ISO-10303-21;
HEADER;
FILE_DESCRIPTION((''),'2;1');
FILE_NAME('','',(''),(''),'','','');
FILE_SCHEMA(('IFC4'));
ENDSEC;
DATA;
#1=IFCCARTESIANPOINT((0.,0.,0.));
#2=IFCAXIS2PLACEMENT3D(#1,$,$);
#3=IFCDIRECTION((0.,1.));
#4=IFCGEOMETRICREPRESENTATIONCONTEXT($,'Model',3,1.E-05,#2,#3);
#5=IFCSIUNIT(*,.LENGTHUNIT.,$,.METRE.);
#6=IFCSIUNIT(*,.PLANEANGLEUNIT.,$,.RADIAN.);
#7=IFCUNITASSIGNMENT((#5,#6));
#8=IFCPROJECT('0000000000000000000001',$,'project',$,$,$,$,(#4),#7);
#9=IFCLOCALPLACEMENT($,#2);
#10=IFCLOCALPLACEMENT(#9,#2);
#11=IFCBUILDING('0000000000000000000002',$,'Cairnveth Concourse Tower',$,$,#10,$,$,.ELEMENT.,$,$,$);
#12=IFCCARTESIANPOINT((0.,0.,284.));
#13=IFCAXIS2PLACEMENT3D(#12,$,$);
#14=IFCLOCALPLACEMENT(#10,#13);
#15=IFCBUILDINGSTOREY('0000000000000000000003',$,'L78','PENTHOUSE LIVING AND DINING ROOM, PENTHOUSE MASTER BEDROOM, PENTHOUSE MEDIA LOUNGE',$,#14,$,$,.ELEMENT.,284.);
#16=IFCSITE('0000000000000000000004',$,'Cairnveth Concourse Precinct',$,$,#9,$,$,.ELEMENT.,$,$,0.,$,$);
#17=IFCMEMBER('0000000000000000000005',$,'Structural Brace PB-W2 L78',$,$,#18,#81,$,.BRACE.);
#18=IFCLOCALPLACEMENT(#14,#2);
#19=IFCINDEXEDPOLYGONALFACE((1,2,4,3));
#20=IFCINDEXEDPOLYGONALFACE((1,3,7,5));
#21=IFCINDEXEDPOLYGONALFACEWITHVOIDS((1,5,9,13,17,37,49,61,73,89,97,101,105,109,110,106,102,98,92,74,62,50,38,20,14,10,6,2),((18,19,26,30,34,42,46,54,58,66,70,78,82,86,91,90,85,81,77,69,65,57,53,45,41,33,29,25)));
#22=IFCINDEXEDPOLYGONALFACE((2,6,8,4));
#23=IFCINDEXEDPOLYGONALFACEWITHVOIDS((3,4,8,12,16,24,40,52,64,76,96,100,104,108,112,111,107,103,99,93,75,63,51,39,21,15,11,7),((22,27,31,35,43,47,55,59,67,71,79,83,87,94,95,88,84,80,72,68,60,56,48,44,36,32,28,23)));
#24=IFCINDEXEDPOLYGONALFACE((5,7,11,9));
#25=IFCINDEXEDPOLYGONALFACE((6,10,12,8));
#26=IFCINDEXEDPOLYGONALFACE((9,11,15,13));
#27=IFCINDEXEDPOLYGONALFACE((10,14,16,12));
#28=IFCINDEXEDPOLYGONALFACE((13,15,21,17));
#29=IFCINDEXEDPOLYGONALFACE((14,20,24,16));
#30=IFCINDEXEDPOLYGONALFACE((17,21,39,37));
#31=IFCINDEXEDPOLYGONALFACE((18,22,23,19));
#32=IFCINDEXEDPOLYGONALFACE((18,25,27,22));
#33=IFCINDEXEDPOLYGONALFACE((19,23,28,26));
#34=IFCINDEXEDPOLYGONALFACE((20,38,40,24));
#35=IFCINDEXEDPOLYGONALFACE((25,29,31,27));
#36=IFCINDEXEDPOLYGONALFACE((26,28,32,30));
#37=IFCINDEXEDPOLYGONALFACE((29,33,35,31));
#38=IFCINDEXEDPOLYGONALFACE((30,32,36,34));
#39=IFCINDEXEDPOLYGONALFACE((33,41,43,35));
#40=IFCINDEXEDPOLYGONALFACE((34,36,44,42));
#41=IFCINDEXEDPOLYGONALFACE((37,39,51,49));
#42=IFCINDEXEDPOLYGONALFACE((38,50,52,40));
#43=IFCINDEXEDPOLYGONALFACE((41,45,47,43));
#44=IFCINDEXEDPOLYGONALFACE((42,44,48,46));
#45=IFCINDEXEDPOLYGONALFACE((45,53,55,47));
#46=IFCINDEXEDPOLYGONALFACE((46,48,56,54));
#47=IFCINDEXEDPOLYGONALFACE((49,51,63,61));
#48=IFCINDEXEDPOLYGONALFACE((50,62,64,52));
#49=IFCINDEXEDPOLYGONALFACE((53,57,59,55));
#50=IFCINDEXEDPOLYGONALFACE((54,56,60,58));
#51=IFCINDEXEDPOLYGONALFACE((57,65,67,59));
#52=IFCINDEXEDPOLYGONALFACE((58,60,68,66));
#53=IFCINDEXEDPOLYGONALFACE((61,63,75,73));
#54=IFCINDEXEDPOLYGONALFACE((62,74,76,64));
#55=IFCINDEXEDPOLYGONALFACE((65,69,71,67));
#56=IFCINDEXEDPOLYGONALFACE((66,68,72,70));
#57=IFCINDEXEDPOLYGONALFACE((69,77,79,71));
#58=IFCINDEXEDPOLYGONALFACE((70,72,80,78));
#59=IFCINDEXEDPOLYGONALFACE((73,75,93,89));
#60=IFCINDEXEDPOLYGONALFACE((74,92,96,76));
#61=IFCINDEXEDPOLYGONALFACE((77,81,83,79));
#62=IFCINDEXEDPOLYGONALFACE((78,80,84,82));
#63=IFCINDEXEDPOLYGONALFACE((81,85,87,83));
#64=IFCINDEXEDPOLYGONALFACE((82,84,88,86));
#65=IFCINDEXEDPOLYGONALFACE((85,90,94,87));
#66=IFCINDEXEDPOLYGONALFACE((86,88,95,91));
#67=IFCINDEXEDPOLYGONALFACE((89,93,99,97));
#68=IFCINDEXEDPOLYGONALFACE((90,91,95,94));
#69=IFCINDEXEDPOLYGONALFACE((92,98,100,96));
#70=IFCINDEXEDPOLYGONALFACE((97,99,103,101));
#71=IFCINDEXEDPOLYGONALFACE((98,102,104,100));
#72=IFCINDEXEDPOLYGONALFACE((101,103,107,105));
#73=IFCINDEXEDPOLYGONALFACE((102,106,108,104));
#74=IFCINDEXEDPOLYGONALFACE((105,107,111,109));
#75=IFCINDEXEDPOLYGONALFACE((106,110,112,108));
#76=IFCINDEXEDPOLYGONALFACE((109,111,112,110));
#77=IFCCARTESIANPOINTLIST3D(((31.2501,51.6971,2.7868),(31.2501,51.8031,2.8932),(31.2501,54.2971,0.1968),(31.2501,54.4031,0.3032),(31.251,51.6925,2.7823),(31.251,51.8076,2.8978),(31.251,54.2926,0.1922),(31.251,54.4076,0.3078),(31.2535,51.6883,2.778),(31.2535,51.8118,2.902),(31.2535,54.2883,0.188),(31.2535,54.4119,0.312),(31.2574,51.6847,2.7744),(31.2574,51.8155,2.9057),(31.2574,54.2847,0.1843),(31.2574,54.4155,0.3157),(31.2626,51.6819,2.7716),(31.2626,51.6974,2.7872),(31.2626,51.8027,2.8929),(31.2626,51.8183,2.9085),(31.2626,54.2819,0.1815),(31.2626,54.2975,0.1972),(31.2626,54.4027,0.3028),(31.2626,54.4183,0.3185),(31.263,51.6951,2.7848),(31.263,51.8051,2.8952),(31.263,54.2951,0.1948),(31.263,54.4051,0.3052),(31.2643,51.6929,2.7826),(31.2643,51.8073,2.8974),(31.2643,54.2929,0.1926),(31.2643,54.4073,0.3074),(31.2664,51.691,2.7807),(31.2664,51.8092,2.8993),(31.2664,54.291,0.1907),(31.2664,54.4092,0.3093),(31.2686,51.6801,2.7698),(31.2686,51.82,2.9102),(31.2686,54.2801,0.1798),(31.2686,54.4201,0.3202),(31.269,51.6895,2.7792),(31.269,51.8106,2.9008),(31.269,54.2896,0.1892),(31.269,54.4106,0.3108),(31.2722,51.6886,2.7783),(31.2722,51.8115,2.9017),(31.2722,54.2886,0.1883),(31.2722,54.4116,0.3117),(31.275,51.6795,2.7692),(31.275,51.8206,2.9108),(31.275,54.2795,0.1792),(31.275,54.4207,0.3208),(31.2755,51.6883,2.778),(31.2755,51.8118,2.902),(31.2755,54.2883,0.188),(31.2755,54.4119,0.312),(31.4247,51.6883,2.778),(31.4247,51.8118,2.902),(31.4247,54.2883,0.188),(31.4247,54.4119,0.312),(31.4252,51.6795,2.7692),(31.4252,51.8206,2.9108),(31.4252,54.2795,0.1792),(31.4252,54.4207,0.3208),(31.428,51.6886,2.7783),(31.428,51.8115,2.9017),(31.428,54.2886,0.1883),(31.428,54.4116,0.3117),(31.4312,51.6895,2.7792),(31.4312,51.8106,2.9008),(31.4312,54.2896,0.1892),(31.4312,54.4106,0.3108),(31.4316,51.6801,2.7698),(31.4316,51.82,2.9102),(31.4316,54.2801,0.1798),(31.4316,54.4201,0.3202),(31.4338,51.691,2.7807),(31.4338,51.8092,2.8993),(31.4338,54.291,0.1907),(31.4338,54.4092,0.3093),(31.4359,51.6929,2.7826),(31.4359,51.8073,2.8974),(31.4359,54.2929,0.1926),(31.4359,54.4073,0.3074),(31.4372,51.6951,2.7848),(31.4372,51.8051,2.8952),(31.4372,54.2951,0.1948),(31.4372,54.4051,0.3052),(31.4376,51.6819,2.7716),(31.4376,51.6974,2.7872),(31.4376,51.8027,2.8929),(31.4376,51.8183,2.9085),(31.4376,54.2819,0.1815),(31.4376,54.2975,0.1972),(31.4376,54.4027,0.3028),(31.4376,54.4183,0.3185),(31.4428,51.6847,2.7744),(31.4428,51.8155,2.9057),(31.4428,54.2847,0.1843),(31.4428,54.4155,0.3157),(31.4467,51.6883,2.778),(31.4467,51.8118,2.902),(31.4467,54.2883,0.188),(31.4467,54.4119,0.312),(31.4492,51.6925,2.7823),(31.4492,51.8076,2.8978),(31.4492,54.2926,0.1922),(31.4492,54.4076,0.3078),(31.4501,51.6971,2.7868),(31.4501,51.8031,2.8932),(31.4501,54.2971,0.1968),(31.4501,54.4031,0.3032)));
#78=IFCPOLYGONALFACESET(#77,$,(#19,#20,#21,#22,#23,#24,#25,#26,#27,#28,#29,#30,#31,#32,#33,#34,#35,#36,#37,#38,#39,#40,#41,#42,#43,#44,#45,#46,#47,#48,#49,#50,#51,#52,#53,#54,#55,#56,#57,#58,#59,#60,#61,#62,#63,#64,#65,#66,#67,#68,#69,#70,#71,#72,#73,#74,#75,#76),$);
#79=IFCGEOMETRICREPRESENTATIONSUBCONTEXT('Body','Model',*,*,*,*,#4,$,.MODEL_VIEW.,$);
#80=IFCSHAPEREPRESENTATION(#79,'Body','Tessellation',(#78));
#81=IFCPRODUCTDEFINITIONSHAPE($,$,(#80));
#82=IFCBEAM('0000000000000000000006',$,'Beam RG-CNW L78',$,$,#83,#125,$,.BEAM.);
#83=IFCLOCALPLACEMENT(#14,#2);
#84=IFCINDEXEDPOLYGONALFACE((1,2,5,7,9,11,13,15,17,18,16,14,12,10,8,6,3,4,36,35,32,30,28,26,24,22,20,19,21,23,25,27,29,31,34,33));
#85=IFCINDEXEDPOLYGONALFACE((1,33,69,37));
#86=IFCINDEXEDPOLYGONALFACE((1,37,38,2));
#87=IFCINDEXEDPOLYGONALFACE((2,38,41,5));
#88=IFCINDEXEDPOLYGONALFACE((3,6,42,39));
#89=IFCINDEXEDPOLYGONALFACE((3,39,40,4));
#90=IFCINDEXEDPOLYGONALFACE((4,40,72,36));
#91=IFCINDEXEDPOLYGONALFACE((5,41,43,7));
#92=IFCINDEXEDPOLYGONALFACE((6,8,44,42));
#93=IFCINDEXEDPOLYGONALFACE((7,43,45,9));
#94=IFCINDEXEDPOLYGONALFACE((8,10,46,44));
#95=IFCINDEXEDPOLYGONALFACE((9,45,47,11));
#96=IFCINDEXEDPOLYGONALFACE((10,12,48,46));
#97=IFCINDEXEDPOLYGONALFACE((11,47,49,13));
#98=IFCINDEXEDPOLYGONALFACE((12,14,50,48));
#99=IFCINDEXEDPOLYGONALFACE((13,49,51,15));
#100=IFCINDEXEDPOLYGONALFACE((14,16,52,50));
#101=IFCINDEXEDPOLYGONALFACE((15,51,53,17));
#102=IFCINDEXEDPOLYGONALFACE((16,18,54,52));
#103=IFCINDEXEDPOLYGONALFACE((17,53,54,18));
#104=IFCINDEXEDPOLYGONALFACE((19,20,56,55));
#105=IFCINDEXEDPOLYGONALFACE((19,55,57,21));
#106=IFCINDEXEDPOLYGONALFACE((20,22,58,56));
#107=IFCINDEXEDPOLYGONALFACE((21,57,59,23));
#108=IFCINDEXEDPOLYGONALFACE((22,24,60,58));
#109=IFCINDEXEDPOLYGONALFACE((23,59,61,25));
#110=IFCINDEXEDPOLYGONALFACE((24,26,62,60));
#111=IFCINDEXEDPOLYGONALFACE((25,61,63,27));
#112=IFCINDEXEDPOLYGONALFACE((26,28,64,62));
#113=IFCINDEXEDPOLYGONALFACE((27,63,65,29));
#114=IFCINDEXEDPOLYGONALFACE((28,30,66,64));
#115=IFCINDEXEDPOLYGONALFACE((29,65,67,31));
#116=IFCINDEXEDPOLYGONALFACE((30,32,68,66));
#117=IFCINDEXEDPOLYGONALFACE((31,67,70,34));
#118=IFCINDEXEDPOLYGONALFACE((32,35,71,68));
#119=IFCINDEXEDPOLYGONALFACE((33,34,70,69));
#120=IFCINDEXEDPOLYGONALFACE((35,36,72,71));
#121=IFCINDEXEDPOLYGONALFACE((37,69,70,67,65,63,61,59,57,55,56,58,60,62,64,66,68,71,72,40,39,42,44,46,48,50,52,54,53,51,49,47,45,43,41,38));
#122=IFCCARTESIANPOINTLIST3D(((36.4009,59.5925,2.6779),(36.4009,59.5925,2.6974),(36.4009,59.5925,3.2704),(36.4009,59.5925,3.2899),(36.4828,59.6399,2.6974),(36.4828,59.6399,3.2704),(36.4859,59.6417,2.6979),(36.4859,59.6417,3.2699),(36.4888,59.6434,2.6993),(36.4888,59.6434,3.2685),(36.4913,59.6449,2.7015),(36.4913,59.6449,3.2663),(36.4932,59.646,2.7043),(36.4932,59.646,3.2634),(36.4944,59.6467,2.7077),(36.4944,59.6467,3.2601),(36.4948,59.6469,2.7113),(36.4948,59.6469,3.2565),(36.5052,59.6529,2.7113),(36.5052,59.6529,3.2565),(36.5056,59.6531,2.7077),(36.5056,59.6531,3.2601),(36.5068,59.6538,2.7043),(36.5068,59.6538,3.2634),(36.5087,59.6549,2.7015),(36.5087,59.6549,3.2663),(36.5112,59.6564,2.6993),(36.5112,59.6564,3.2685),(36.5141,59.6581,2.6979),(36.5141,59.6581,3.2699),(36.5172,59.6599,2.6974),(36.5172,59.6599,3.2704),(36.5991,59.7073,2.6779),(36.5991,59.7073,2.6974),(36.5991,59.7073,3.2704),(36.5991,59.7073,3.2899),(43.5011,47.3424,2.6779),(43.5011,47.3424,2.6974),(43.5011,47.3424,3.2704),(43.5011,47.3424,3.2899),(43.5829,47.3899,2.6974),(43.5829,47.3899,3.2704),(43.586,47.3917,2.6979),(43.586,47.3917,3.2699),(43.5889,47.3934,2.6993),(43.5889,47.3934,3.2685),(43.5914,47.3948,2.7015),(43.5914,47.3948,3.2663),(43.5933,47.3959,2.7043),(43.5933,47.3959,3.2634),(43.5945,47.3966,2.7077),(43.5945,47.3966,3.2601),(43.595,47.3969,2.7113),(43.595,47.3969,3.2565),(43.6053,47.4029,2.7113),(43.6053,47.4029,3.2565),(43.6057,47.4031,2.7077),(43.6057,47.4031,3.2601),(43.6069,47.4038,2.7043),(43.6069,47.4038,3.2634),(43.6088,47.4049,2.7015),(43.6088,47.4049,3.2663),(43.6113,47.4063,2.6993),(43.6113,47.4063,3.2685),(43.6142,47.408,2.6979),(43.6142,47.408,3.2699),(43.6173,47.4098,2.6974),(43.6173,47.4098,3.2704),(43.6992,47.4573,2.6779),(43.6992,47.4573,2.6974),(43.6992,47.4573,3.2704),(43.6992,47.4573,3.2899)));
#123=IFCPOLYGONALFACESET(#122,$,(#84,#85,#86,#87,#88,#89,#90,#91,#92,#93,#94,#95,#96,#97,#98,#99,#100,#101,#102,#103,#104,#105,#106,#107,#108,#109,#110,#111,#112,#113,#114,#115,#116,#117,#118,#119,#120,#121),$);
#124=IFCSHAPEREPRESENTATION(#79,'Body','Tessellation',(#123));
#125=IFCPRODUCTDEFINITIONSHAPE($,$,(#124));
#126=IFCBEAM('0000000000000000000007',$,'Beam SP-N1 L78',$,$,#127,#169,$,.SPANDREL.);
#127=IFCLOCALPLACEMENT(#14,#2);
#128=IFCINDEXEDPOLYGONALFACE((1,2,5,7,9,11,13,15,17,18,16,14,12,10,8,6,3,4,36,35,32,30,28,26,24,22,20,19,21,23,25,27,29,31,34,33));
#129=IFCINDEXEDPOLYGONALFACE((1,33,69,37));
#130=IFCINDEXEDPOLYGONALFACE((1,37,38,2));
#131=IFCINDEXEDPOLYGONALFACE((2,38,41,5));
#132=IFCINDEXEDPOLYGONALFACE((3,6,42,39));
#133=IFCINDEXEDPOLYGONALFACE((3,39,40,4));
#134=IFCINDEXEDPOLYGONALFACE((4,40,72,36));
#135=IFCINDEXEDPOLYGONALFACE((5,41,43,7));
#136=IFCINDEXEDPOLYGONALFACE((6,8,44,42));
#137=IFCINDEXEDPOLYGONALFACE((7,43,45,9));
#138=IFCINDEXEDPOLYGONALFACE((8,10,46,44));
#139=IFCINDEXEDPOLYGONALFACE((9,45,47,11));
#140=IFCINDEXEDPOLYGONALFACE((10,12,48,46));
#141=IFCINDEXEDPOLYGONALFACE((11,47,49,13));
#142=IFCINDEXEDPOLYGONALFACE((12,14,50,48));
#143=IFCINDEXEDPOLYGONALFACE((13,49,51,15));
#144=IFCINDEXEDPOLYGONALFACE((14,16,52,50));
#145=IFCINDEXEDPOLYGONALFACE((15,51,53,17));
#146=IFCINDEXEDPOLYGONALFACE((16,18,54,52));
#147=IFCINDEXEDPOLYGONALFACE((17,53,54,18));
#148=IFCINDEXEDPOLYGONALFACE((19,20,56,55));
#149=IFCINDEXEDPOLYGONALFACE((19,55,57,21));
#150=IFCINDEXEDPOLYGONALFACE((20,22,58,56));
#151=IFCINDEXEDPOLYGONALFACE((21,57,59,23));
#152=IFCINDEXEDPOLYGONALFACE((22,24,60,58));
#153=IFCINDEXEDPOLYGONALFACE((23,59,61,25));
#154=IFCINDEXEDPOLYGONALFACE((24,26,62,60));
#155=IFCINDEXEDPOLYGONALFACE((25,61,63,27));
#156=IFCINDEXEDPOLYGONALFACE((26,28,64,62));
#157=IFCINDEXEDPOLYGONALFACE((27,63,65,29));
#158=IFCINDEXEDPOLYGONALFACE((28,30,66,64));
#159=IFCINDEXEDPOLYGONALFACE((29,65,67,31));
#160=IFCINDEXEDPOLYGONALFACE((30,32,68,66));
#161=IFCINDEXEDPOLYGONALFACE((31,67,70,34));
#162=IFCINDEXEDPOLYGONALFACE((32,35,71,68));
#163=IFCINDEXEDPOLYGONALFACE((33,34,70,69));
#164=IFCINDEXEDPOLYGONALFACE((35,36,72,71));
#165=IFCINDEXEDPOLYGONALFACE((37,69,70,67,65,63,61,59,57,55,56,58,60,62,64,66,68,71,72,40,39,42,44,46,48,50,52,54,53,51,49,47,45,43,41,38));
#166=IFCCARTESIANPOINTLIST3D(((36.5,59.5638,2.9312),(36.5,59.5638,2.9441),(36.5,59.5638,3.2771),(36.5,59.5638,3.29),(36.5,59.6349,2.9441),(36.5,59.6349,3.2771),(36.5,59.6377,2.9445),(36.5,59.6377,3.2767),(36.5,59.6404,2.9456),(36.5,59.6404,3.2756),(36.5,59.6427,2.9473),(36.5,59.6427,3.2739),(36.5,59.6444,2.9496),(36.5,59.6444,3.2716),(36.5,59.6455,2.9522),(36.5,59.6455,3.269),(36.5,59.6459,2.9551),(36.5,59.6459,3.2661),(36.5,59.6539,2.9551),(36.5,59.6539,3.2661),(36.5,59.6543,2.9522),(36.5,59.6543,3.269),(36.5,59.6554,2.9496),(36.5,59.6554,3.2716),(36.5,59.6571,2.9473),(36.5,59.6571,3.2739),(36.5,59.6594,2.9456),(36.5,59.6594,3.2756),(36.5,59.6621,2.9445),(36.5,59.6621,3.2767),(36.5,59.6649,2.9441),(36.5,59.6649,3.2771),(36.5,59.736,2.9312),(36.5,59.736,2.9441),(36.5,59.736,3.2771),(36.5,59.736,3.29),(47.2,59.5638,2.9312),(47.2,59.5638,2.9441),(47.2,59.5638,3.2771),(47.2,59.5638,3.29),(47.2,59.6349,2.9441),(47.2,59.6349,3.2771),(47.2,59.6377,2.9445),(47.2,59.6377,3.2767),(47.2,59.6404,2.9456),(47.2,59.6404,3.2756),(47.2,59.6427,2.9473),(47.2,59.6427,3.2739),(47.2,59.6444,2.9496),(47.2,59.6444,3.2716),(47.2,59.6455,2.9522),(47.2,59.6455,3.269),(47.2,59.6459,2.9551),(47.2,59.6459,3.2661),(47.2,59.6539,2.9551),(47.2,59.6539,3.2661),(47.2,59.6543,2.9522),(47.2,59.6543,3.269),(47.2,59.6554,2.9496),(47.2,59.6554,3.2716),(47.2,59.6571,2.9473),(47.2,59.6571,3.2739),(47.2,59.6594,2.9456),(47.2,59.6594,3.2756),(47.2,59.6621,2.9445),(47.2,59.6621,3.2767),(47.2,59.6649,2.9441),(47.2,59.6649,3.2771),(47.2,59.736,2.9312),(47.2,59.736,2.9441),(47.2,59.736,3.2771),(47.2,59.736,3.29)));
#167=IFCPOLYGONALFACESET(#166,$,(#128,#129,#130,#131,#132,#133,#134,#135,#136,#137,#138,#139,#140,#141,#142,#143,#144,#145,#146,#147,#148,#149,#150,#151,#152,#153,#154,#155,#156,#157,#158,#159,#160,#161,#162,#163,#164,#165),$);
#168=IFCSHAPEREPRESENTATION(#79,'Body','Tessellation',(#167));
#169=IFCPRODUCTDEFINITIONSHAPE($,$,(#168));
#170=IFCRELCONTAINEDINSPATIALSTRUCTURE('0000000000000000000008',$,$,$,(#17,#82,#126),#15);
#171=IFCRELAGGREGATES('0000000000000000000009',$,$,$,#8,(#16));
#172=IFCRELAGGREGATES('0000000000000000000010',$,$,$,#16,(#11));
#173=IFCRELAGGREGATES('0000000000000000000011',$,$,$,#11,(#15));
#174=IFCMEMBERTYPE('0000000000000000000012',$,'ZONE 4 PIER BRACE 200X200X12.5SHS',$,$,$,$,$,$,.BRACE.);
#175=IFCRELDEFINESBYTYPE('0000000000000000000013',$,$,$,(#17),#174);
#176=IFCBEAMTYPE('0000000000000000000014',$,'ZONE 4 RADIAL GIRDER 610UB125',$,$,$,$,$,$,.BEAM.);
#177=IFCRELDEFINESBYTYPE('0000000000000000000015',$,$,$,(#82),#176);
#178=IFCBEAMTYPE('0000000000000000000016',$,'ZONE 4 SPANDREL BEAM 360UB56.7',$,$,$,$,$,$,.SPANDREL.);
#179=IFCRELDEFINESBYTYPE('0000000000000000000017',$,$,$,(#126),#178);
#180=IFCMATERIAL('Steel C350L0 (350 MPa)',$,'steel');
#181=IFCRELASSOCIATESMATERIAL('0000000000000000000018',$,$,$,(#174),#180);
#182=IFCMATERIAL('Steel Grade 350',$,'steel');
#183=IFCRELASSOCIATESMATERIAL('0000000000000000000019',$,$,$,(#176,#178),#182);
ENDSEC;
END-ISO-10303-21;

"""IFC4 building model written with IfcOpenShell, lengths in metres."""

from ifc_helpers import new_model, si_unit, direction, frame, origin, origin_2d, place, context, subcontext, project, spatial, hollow_rectangle, i_section, extrude, material, material_profile, profile_set, type_object, element, save


model = new_model("IFC4")

# Units and contexts
model_context = context("Model", 3, precision=1e-05, world=origin(), true_north=direction((0.0, 1.0)))
body_context = subcontext(model_context, "Body", "Model", "MODEL_VIEW")
ifc_project = project(units=[si_unit("LENGTHUNIT", "METRE"), si_unit("PLANEANGLEUNIT", "RADIAN")], contexts=[model_context])

# Site, building, storey
site_placement = place(None, origin())
site = spatial("IfcSite", under=ifc_project, at=site_placement, Name="Cairnveth Concourse Precinct", CompositionType="ELEMENT", RefElevation=0.0)
building_placement = place(site_placement, origin())
building = spatial("IfcBuilding", under=site, at=building_placement, Name="Cairnveth Concourse Tower", CompositionType="ELEMENT")
storey_placement = place(building_placement, frame((0.0, 0.0, 284.0)))
storey = spatial("IfcBuildingStorey", under=building, at=storey_placement, Name="L78", Description="PENTHOUSE LIVING AND DINING ROOM, PENTHOUSE MASTER BEDROOM, PENTHOUSE MEDIA LOUNGE", CompositionType="ELEMENT", Elevation=284.0)

# Shared definitions
ifc_material_1 = material(Name="Steel Grade 350", Category="steel")

# Member
ifc_material_2 = material(Name="Steel C350L0 (350 MPa)", Category="steel")
ifc_material_profile_1 = material_profile(ifc_material_2, hollow_rectangle(XDim=0.2, YDim=0.2, WallThickness=0.0125, InnerFilletRadius=0.0129, OuterFilletRadius=0.0249, at=origin_2d()), Name="200x200x12.5SHS")
ifc_profile_set_1 = profile_set([ifc_material_profile_1], Name="Steel C350L0 (350 MPa)")
member_type = type_object("IfcMemberType", Name="ZONE 4 PIER BRACE 200X200X12.5SHS", PredefinedType="BRACE", material=ifc_profile_set_1)
member_placement = place(storey_placement, frame((31.3501, 54.3501, 0.25), z_axis=(0.0, -0.708469, 0.705742), x_axis=(1.0, 0.0, 0.0)))
element("IfcMember", 1, at=member_placement, inside=storey, type_object=member_type, Name="Structural Brace PB-W2 L78", PredefinedType="BRACE", context=body_context, shape_type="SweptSolid", body=[
    extrude(hollow_rectangle(XDim=0.2, YDim=0.2, WallThickness=0.0125, InnerFilletRadius=0.0129, OuterFilletRadius=0.0249, at=origin_2d()), origin(), (0.0, 0.0, 1.0), 3.6699),
])

# Beams
ifc_material_profile_2 = material_profile(ifc_material_1, i_section(OverallWidth=0.229, OverallDepth=0.6121, WebThickness=0.012, FlangeThickness=0.0195, FilletRadius=0.0139, at=origin_2d()), Name="610UB125")
ifc_profile_set_2 = profile_set([ifc_material_profile_2], Name="Steel Grade 350")
beam_type_1 = type_object("IfcBeamType", Name="ZONE 4 RADIAL GIRDER 610UB125", PredefinedType="BEAM", material=ifc_profile_set_2)
beam_1_placement = place(storey_placement, frame((36.5, 59.6499, 2.9839), z_axis=(0.501459, -0.865181, 0.0), x_axis=(0.865181, 0.501459, 0.0)))
element("IfcBeam", 2, at=beam_1_placement, inside=storey, type_object=beam_type_1, Name="Beam RG-CNW L78", PredefinedType="BEAM", context=body_context, shape_type="SweptSolid", body=[
    extrude(i_section(OverallWidth=0.229, OverallDepth=0.6121, WebThickness=0.012, FlangeThickness=0.0195, FilletRadius=0.0139, at=origin_2d()), origin(), (0.0, 0.0, 1.0), 14.1589),
])
ifc_material_profile_3 = material_profile(ifc_material_1, i_section(OverallWidth=0.1721, OverallDepth=0.3589, WebThickness=0.0081, FlangeThickness=0.0129, FilletRadius=0.011, at=origin_2d()), Name="360UB56.7")
ifc_profile_set_3 = profile_set([ifc_material_profile_3], Name="Steel Grade 350")
beam_type_2 = type_object("IfcBeamType", Name="ZONE 4 SPANDREL BEAM 360UB56.7", PredefinedType="SPANDREL", material=ifc_profile_set_3)
beam_2_placement = place(storey_placement, frame((36.5, 59.6499, 3.1106), z_axis=(1.0, 0.0, 0.0), x_axis=(0.0, 1.0, 0.0)))
element("IfcBeam", 3, at=beam_2_placement, inside=storey, type_object=beam_type_2, Name="Beam SP-N1 L78", PredefinedType="SPANDREL", context=body_context, shape_type="SweptSolid", body=[
    extrude(i_section(OverallWidth=0.1721, OverallDepth=0.3589, WebThickness=0.0081, FlangeThickness=0.0129, FilletRadius=0.011, at=origin_2d()), origin(), (0.0, 0.0, 1.0), 10.7),
])

save(model, "model.ifc")
